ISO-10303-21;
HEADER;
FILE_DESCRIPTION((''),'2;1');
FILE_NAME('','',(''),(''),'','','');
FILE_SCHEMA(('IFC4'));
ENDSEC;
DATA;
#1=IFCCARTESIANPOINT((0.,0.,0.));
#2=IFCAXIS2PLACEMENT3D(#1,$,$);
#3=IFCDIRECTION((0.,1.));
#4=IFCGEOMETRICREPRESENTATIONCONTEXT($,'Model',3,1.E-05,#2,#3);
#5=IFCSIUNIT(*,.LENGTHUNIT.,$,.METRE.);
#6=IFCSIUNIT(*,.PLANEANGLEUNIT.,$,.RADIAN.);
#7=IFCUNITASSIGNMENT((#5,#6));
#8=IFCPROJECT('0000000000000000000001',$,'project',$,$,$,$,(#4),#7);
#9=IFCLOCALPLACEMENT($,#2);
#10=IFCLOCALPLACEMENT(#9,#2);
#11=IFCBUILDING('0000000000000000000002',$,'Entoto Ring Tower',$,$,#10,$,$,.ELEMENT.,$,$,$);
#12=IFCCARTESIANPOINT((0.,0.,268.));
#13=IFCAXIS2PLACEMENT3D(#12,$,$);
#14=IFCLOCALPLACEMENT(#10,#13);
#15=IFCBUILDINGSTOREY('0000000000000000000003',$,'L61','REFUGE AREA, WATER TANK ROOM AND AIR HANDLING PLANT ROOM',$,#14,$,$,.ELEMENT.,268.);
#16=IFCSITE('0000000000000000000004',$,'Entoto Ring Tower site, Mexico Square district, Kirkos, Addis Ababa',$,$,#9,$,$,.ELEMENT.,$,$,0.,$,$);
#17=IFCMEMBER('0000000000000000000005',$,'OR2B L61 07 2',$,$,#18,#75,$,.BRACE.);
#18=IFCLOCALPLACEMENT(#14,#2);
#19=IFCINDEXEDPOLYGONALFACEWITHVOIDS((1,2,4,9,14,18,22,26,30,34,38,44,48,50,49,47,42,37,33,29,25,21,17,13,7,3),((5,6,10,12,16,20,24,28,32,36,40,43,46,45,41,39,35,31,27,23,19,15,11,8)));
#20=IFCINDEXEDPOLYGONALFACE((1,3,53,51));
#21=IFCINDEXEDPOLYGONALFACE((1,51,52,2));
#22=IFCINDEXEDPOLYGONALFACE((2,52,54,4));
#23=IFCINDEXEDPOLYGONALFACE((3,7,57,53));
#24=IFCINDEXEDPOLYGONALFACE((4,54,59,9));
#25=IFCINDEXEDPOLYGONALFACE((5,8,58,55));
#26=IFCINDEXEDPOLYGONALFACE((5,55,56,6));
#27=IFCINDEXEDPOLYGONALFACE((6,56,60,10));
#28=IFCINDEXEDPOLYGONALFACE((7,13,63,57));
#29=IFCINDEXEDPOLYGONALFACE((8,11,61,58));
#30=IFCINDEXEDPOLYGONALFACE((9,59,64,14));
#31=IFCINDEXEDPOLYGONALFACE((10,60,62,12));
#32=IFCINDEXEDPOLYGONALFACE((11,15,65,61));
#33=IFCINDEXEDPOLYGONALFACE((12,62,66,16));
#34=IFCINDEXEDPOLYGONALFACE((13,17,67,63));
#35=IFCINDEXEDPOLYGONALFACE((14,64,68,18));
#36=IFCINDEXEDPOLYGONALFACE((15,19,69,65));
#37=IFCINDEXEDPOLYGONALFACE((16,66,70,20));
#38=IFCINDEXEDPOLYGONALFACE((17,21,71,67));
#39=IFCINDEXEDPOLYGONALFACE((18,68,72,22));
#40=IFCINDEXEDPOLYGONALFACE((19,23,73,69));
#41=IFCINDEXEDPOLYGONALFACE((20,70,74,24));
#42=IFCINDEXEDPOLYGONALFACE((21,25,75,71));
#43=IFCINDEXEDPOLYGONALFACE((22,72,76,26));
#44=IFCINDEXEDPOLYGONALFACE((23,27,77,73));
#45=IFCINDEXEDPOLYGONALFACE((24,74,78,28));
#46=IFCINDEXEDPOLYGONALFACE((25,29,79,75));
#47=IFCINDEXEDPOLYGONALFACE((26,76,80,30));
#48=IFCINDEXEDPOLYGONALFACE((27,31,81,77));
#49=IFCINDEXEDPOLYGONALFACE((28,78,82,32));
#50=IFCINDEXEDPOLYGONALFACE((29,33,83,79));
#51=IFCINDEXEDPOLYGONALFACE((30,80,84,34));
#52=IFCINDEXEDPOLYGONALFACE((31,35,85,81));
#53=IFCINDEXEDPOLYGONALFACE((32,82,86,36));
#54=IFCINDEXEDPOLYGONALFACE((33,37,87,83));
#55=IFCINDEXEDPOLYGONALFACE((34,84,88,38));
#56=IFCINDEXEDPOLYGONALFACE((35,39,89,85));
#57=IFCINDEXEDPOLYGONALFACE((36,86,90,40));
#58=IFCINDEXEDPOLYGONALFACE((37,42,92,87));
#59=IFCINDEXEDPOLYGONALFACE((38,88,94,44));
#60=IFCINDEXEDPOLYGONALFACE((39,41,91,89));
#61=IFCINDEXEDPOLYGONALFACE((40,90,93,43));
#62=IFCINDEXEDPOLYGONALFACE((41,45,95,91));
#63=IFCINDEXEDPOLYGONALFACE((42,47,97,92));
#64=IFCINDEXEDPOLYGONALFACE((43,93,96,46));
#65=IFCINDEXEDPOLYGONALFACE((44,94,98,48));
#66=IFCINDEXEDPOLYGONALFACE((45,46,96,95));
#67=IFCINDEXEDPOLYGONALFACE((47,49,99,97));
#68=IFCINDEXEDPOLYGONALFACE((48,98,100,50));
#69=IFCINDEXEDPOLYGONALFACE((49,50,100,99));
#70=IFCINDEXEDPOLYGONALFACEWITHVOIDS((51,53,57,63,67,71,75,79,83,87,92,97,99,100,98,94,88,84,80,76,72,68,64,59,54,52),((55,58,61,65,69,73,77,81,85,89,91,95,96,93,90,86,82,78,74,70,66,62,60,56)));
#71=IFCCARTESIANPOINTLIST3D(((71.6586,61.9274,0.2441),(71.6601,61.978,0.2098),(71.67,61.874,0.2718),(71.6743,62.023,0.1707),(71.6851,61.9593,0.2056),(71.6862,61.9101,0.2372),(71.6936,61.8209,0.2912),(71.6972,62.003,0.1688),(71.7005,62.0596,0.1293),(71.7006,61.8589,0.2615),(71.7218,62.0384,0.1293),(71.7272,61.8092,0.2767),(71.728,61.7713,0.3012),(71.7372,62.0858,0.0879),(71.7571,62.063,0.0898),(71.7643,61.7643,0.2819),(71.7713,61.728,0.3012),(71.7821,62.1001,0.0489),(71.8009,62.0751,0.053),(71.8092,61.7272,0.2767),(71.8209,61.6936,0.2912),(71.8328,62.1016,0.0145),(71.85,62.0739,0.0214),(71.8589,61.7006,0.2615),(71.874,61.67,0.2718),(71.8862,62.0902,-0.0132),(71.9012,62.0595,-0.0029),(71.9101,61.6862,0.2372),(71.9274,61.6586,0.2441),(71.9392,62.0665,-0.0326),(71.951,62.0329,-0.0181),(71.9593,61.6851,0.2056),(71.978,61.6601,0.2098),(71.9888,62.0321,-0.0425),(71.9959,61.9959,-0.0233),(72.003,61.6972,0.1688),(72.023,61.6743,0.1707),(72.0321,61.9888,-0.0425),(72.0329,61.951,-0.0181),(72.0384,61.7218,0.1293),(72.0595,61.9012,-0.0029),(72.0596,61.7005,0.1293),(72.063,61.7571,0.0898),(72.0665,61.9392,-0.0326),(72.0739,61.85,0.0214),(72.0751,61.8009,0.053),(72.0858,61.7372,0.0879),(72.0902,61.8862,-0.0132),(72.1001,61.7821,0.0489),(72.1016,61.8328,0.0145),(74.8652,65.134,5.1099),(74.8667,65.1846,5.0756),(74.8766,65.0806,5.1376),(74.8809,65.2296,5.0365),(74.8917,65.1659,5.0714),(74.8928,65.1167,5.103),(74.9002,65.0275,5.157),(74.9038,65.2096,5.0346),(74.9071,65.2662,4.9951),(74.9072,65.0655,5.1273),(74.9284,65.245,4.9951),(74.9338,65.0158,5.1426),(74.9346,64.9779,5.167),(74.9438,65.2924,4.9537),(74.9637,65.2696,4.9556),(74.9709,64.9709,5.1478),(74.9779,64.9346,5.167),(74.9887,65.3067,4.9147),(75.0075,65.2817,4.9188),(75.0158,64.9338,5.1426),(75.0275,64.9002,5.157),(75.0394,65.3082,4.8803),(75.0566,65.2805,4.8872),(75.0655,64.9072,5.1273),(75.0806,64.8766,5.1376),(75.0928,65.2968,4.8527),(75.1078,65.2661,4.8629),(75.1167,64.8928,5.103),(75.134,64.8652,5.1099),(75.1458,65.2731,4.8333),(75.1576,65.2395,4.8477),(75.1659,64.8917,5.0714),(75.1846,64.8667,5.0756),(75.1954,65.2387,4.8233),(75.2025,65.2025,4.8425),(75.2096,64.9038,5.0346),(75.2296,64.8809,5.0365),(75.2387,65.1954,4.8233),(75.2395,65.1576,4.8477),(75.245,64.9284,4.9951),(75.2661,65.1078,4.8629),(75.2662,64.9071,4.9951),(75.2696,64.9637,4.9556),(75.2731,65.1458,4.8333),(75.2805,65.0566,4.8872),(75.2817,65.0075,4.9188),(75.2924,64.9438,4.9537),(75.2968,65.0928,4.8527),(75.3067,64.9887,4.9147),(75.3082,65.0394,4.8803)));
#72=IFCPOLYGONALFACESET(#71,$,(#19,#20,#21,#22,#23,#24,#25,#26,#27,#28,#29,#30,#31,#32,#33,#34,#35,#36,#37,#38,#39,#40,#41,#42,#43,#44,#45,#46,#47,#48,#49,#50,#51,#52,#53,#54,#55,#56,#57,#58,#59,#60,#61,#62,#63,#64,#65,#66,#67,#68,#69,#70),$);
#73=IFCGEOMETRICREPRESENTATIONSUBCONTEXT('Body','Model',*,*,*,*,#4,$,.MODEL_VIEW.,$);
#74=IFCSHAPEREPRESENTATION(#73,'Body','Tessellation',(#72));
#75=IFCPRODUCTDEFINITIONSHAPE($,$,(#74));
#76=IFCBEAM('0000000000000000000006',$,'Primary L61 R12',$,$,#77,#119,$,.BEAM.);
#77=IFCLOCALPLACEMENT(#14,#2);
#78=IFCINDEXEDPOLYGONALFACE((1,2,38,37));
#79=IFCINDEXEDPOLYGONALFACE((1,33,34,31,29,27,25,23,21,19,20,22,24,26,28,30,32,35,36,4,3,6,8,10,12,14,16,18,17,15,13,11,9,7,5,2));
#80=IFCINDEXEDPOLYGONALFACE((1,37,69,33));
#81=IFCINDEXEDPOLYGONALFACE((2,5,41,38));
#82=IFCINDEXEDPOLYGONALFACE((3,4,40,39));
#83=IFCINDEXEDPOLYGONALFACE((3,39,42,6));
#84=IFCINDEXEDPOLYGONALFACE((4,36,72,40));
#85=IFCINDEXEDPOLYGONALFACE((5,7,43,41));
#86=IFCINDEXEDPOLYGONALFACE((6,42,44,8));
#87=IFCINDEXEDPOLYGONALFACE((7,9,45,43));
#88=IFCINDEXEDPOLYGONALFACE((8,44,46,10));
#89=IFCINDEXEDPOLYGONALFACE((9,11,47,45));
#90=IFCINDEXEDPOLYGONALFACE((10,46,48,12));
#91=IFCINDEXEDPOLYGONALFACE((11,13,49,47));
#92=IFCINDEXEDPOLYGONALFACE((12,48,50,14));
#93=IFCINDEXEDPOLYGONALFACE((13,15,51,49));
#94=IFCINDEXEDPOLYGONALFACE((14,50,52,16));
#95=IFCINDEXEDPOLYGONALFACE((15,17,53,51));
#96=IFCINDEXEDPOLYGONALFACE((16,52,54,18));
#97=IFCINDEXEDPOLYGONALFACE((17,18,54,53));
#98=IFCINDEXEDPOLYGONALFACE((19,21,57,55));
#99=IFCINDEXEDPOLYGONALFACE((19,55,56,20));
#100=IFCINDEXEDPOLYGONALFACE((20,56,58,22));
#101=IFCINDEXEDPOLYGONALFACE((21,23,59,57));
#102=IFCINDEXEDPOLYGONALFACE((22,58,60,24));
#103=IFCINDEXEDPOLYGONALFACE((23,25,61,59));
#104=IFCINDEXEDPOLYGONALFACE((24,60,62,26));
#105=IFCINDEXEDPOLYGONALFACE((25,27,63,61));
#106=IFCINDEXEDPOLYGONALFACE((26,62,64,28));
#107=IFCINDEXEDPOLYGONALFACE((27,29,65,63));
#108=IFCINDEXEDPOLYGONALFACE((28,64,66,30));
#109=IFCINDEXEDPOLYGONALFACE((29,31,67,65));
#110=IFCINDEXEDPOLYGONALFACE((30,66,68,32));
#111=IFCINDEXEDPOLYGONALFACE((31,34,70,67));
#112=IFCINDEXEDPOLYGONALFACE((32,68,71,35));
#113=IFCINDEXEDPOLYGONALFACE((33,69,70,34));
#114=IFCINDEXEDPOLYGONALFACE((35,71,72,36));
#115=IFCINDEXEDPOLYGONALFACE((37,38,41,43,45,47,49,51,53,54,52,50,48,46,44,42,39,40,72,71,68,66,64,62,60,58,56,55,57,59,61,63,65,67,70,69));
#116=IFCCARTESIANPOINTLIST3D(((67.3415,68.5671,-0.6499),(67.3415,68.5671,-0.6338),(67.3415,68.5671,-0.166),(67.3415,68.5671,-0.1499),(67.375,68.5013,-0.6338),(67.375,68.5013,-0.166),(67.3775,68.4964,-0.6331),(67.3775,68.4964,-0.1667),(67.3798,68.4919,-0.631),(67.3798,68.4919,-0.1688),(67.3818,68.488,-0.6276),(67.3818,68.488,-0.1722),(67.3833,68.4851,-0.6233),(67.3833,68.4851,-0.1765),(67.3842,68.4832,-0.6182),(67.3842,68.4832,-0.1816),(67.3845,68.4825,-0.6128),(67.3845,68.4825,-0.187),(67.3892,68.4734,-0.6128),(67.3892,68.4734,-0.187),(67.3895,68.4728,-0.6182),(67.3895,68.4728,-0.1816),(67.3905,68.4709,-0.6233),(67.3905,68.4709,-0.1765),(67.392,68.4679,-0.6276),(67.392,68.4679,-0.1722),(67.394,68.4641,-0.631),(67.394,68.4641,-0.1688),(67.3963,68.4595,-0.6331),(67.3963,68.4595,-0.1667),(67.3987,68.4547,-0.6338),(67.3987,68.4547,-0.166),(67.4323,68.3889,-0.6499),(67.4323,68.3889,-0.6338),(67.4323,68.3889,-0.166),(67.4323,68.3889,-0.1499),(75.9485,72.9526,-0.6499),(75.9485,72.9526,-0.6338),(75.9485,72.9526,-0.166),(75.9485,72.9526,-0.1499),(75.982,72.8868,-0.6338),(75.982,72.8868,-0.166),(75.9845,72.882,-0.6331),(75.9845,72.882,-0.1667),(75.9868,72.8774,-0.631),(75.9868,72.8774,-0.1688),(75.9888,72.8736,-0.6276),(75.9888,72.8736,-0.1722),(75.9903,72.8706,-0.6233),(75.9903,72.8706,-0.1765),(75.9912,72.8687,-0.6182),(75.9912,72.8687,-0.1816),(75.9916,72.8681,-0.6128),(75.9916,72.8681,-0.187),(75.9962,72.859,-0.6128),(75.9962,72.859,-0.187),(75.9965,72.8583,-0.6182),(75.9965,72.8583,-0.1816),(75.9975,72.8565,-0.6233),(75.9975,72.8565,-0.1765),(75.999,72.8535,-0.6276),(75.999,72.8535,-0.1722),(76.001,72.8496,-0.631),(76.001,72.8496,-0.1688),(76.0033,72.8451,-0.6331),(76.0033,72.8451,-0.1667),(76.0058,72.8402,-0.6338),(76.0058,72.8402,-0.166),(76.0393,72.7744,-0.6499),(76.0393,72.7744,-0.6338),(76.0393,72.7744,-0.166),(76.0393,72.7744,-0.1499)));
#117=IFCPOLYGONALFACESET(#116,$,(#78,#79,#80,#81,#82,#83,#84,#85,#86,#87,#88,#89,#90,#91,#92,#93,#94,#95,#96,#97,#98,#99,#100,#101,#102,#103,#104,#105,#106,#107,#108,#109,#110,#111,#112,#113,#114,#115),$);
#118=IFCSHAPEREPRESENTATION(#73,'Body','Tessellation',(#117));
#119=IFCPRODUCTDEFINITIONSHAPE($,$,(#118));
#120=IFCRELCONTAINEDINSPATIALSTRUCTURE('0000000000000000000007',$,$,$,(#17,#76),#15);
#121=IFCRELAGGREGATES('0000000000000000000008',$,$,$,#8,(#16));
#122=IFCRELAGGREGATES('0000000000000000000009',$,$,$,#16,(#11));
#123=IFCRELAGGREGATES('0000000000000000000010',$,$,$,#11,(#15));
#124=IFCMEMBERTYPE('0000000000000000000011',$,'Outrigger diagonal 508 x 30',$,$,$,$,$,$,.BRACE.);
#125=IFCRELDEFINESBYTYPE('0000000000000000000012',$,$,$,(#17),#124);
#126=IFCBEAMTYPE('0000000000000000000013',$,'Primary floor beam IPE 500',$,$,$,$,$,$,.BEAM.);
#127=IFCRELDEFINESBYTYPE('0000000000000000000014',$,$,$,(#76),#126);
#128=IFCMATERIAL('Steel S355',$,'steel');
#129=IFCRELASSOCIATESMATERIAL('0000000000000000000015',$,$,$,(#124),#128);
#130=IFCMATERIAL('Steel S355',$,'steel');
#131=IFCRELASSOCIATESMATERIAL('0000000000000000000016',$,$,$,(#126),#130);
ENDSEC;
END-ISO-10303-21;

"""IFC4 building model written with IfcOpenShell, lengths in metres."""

from ifc_helpers import new_model, si_unit, direction, frame, origin, origin_2d, place, context, subcontext, project, spatial, circle, hollow_circle, i_section, extrude, material, material_profile, profile_set, type_object, element, save


model = new_model("IFC4")

# Units and contexts
model_context = context("Model", 3, precision=1e-05, world=origin(), true_north=direction((0.0, 1.0)))
body_context = subcontext(model_context, "Body", "Model", "MODEL_VIEW")
ifc_project = project(units=[si_unit("LENGTHUNIT", "METRE"), si_unit("PLANEANGLEUNIT", "RADIAN")], contexts=[model_context])

# Site, building, storey
site_placement = place(None, origin())
site = spatial("IfcSite", under=ifc_project, at=site_placement, Name="Entoto Ring Tower site, Mexico Square district, Kirkos, Addis Ababa", CompositionType="ELEMENT", RefElevation=0.0)
building_placement = place(site_placement, origin())
building = spatial("IfcBuilding", under=site, at=building_placement, Name="Entoto Ring Tower", CompositionType="ELEMENT")
storey_placement = place(building_placement, frame((0.0, 0.0, 268.0)))
storey = spatial("IfcBuildingStorey", under=building, at=storey_placement, Name="L61", Description="REFUGE AREA, WATER TANK ROOM AND AIR HANDLING PLANT ROOM", CompositionType="ELEMENT", Elevation=268.0)

# Member
ifc_material_1 = material(Name="Steel S355", Category="steel")
ifc_material_profile_1 = material_profile(ifc_material_1, hollow_circle(Radius=0.2539, WallThickness=0.03, at=origin_2d()), Name="CHS 508 x 30")
ifc_material_2 = material(Name="Concrete C60/75", Category="concrete")
ifc_material_profile_2 = material_profile(ifc_material_2, circle(Radius=0.2241, at=origin_2d()), Name="Concrete C60/75 infill")
ifc_profile_set_1 = profile_set([ifc_material_profile_1, ifc_material_profile_2], Name="Steel S355")
member_type_1 = type_object("IfcMemberType", Name="Outrigger diagonal 508 x 30", PredefinedType="BRACE", material=ifc_profile_set_1)
member_1_placement = place(storey_placement, frame((75.0867, 65.0867, 4.9951), z_axis=(-0.482096, -0.482096, -0.73155), x_axis=(0.707107, -0.707107, 0.0)))
element("IfcMember", 1, at=member_1_placement, inside=storey, type_object=member_type_1, Name="OR2B L61 07 2", PredefinedType="BRACE", context=body_context, shape_type="SweptSolid", body=[
    extrude(hollow_circle(Radius=0.2539, WallThickness=0.03, at=origin_2d()), origin(), (0.0, 0.0, 1.0), 6.6514),
])

# Beam
ifc_material_3 = material(Name="Steel S355", Category="steel")
ifc_material_profile_3 = material_profile(ifc_material_3, i_section(OverallWidth=0.2, OverallDepth=0.5, WebThickness=0.0103, FlangeThickness=0.0161, FilletRadius=0.021, at=origin_2d()), Name="IPE 500")
ifc_profile_set_2 = profile_set([ifc_material_profile_3], Name="Steel S355")
beam_type_1 = type_object("IfcBeamType", Name="Primary floor beam IPE 500", PredefinedType="BEAM", material=ifc_profile_set_2)
beam_1_placement = place(storey_placement, frame((75.9939, 72.8635, -0.3999), z_axis=(-0.891005, -0.453994, 0.0), x_axis=(0.453994, -0.891005, 0.0)))
element("IfcBeam", 2, at=beam_1_placement, inside=storey, type_object=beam_type_1, Name="Primary L61 R12", PredefinedType="BEAM", context=body_context, shape_type="SweptSolid", body=[
    extrude(i_section(OverallWidth=0.2, OverallDepth=0.5, WebThickness=0.0103, FlangeThickness=0.0161, FilletRadius=0.021, at=origin_2d()), origin(), (0.0, 0.0, 1.0), 9.6599),
])

save(model, "model.ifc")
